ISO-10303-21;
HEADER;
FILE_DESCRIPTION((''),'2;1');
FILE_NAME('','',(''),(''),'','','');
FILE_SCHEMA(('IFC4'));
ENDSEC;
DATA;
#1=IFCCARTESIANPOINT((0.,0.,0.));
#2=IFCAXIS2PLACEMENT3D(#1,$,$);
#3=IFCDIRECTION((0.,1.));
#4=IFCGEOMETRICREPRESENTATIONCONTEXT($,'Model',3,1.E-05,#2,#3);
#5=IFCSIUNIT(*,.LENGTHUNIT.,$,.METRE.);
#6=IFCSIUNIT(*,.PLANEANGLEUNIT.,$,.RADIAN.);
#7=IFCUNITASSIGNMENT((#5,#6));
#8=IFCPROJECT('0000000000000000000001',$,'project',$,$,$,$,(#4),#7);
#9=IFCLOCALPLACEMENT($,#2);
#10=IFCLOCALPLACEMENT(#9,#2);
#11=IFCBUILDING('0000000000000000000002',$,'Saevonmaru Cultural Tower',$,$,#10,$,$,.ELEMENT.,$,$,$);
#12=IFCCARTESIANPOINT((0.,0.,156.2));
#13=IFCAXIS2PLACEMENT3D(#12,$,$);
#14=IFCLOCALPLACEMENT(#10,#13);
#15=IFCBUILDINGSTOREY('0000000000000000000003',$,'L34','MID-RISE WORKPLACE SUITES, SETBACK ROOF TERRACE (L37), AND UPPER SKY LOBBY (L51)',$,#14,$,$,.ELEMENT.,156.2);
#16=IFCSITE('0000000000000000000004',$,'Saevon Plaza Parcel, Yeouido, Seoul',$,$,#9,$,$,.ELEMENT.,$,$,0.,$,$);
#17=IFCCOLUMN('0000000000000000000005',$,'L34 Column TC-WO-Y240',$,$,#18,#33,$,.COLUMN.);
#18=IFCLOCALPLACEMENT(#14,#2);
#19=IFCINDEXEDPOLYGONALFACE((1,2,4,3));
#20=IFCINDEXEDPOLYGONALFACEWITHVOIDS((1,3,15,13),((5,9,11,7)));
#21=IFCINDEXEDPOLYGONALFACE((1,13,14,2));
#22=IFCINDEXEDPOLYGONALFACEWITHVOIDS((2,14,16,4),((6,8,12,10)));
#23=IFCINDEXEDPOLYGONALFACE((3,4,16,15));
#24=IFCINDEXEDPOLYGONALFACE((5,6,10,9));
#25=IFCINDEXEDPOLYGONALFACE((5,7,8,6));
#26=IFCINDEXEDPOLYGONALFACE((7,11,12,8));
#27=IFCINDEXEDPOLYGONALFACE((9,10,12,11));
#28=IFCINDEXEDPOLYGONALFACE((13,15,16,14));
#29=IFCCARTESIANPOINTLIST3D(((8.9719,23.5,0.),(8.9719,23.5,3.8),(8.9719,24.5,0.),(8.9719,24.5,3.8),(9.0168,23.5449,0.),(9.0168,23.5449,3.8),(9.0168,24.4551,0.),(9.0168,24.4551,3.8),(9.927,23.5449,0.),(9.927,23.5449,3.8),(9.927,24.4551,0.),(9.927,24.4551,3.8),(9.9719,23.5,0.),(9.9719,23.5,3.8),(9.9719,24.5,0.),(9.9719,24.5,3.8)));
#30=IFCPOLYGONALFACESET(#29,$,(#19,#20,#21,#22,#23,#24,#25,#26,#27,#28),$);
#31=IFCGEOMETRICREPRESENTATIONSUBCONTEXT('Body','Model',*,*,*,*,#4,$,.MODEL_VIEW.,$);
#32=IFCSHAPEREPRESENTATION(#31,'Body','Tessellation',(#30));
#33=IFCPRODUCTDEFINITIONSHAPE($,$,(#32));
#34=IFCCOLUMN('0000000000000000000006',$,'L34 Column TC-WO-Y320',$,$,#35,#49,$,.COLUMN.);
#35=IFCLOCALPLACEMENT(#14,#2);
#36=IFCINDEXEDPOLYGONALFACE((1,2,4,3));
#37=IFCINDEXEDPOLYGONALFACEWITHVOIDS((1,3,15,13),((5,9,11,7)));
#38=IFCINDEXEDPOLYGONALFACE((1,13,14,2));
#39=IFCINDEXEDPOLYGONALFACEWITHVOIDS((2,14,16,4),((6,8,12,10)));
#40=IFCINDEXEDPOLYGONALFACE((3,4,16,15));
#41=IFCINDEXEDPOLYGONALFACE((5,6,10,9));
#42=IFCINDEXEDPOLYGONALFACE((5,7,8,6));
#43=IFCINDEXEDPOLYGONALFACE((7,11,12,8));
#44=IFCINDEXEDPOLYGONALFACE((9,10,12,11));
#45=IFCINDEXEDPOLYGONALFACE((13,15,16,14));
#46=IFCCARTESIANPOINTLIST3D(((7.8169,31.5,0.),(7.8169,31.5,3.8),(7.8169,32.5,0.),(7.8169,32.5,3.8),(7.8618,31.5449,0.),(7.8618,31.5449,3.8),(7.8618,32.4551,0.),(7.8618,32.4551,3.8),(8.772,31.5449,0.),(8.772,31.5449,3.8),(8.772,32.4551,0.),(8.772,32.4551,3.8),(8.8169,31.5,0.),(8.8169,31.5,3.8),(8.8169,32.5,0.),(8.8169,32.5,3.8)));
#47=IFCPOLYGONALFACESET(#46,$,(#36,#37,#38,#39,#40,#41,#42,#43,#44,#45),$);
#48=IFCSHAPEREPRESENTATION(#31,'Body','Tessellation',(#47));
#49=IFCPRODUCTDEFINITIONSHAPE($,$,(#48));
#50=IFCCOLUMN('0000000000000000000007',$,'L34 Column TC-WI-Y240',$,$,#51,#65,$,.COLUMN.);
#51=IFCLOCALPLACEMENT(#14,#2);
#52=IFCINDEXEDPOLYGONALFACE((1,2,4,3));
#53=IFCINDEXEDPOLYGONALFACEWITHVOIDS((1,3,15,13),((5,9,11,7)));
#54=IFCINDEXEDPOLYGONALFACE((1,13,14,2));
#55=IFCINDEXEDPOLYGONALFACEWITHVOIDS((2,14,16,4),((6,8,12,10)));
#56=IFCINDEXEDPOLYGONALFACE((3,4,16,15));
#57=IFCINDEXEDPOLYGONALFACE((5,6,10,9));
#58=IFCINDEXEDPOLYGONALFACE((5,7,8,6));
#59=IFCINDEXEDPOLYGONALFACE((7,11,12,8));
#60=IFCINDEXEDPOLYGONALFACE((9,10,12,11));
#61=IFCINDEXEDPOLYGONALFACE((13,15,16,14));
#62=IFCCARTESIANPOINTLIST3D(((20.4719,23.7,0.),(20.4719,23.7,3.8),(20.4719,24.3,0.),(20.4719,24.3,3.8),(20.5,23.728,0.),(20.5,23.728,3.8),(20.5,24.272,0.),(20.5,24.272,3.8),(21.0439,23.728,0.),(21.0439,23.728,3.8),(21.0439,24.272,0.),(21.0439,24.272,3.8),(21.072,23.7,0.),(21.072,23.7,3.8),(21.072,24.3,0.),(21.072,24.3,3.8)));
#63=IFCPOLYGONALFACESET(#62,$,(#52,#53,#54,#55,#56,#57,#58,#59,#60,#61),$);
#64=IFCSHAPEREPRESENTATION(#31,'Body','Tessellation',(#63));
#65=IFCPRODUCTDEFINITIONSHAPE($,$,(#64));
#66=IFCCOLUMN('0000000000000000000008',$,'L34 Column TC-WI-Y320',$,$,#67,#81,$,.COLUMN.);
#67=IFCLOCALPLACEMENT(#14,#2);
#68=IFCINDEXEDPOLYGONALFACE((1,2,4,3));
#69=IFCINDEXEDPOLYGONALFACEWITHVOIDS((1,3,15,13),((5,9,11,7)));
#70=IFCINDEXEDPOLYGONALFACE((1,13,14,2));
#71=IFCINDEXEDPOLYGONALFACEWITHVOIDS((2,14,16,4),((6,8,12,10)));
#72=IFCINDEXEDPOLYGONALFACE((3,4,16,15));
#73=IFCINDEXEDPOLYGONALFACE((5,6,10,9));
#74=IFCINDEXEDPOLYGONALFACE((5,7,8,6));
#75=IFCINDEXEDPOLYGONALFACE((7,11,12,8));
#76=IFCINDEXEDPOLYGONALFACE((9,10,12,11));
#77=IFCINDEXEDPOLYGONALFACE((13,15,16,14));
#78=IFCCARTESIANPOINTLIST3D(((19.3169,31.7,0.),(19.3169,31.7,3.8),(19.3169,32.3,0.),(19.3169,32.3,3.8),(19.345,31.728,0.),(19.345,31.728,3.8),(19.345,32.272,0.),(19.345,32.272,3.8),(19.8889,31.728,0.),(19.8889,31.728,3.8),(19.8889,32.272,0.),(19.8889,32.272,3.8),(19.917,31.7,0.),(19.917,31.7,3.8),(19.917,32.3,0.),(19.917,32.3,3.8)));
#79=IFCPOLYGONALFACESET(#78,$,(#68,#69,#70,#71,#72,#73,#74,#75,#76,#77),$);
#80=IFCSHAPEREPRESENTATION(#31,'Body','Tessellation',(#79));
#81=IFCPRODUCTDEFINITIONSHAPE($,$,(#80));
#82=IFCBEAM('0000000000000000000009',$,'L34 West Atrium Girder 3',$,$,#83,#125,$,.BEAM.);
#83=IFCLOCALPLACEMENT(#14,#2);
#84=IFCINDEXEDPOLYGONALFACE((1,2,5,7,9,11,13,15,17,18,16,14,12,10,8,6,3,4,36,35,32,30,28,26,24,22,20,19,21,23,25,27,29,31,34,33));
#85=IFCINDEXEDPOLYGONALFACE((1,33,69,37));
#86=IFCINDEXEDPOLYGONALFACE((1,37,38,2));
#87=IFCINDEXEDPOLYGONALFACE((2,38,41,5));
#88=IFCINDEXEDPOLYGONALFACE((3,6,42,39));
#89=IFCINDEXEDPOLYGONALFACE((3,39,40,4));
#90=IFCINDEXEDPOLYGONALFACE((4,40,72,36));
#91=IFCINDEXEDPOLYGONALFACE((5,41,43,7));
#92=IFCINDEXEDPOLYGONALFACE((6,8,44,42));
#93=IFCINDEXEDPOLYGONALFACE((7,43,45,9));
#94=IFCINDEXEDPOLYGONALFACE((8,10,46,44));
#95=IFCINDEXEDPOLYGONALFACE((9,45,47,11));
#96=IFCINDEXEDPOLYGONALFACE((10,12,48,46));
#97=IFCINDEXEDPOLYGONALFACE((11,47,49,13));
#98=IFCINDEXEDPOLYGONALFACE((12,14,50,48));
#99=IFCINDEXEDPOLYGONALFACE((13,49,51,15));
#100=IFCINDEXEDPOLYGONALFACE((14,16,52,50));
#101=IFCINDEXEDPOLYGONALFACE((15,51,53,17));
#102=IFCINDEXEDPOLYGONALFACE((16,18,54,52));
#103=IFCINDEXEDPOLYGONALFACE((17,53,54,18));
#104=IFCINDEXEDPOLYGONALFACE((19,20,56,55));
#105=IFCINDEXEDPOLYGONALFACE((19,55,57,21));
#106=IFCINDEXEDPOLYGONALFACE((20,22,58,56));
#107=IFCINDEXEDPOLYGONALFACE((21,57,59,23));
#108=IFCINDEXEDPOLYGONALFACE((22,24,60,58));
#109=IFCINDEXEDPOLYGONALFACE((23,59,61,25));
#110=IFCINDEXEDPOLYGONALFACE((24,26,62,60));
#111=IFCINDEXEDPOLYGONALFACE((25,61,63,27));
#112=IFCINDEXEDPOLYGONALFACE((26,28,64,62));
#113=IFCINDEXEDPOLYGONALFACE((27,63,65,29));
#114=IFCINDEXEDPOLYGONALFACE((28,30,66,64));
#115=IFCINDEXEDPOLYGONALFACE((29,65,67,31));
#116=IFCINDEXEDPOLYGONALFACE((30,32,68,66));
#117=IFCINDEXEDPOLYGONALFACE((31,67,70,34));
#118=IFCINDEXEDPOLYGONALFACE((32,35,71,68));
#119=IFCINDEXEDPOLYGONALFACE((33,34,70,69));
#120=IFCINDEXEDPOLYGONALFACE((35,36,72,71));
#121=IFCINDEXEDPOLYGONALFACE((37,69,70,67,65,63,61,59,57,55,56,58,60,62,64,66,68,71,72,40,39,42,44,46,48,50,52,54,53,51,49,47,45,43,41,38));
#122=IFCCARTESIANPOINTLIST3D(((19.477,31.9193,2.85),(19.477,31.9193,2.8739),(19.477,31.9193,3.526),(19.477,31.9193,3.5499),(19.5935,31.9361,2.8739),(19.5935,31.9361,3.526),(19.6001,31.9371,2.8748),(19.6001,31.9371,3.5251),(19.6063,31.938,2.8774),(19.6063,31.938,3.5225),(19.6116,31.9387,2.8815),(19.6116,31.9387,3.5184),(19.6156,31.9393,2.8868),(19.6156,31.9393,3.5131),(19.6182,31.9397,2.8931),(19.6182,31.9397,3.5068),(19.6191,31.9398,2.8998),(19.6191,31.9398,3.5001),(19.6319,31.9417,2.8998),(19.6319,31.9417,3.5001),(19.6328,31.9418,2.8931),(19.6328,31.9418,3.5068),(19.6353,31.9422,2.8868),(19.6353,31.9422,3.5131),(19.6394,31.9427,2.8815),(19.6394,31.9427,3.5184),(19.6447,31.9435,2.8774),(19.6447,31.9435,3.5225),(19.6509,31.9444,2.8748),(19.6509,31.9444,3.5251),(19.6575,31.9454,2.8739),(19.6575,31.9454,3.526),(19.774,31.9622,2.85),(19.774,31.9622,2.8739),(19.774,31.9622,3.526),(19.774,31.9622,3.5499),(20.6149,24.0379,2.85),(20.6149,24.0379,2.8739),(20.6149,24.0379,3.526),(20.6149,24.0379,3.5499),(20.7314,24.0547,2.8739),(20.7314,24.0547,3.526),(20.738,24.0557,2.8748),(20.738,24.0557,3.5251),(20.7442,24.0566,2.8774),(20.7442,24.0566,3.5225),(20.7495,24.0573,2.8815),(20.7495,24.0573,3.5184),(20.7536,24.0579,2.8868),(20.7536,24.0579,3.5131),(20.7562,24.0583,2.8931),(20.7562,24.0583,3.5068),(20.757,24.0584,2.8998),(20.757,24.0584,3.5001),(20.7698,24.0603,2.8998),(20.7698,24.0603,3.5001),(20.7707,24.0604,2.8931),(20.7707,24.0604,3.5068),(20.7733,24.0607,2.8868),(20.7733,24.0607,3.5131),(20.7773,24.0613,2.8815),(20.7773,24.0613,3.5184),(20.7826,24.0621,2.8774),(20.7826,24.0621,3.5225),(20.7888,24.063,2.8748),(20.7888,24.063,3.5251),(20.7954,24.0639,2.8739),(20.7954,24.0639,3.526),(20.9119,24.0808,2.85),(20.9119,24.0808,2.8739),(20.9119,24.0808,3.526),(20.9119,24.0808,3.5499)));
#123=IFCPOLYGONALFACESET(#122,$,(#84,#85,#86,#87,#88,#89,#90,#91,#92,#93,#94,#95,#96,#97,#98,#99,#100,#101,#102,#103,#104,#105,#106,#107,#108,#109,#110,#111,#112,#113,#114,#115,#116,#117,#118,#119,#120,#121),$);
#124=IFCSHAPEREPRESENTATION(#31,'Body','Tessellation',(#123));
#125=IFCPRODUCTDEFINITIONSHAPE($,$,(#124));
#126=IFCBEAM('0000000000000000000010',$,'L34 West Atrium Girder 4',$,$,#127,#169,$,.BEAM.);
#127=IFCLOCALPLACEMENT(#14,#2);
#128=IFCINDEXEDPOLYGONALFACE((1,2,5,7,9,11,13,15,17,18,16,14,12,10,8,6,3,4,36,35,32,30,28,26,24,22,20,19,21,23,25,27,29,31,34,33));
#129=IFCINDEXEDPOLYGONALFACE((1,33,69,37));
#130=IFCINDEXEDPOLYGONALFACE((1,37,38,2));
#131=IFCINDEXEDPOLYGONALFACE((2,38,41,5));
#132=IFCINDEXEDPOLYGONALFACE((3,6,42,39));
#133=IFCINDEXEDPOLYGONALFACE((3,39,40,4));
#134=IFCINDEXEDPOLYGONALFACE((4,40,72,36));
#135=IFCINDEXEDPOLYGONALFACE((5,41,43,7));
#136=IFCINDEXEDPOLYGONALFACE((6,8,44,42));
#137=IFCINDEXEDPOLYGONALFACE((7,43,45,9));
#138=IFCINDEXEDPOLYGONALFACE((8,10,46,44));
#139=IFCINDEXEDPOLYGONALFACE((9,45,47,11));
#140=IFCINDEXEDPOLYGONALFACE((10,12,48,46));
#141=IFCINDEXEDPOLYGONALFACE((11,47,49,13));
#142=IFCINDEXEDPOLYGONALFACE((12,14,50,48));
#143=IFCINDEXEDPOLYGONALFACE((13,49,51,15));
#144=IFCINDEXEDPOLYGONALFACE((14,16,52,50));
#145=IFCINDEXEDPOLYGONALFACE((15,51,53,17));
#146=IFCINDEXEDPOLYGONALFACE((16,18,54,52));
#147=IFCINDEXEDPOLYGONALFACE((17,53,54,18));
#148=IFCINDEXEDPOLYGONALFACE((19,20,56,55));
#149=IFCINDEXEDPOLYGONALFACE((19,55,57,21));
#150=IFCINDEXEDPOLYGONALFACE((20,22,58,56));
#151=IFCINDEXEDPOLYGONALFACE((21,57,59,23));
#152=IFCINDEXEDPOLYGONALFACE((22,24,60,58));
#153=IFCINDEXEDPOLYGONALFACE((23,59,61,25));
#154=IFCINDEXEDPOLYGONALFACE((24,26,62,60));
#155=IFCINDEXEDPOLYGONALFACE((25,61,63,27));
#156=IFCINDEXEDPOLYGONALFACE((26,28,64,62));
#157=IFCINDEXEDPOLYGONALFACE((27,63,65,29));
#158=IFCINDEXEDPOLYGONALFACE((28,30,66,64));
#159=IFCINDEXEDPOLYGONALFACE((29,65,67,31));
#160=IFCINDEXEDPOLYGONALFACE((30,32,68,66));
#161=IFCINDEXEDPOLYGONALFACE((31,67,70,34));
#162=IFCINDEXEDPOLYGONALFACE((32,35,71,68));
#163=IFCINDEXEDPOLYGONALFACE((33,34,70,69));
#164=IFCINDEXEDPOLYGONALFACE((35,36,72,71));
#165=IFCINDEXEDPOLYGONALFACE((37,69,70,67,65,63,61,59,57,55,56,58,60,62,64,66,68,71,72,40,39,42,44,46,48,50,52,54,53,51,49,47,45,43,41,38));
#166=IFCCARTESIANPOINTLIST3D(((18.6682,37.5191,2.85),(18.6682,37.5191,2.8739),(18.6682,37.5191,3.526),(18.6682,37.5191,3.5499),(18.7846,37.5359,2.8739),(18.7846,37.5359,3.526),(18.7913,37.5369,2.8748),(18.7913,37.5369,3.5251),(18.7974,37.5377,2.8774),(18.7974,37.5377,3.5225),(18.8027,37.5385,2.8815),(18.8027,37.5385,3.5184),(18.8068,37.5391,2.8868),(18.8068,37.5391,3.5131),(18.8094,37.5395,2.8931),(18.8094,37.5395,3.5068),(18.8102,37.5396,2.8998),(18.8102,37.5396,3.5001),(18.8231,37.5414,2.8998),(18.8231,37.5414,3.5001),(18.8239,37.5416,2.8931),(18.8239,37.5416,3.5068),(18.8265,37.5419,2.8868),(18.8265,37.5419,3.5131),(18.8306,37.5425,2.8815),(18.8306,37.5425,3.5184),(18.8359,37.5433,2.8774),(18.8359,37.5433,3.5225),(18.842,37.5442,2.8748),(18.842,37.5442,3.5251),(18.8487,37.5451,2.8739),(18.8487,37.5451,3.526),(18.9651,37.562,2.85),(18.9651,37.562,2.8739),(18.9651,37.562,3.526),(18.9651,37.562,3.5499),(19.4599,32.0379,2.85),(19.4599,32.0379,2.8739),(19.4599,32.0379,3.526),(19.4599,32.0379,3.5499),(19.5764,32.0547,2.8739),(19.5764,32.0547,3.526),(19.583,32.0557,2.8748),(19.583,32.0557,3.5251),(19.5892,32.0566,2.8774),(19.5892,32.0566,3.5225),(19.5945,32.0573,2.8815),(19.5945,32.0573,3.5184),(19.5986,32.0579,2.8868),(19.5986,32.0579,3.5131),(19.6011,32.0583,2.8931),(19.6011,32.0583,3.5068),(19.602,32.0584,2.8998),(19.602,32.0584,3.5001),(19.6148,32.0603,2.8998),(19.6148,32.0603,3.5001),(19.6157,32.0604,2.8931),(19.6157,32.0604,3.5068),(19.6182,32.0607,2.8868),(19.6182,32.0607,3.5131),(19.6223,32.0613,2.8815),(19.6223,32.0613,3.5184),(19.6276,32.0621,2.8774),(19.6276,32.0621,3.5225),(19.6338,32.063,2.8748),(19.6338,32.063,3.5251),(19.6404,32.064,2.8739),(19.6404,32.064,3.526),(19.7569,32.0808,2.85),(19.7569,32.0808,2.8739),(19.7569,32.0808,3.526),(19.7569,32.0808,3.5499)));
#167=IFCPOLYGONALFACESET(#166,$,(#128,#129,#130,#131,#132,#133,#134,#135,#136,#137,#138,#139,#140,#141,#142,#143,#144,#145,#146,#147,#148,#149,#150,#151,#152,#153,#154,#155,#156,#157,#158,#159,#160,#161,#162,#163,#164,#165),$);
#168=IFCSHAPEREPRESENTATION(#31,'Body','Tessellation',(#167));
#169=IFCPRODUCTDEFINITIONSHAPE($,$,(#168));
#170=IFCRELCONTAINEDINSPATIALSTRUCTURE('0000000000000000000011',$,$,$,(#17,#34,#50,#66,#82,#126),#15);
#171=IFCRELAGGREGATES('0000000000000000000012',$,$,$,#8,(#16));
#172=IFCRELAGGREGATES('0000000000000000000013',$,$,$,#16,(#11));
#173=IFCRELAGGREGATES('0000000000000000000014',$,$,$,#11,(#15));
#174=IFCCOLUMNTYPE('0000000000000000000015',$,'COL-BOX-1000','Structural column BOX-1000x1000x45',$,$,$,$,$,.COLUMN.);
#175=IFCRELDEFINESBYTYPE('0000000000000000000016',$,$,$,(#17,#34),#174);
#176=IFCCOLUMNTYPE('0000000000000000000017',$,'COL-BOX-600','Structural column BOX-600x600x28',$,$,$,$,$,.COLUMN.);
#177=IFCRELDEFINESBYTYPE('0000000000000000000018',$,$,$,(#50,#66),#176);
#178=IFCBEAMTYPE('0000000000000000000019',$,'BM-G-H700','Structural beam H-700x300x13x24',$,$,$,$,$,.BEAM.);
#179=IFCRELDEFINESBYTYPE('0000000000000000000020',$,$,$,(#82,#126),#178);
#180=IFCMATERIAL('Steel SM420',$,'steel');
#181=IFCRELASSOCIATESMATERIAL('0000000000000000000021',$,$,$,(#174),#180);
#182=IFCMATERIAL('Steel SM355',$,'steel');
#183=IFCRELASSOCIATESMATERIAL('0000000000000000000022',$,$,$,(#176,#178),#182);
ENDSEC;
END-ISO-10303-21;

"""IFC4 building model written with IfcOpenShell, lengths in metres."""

from ifc_helpers import new_model, si_unit, direction, frame, origin, origin_2d, place, context, subcontext, project, spatial, hollow_rectangle, i_section, extrude, material, material_profile, profile_set, type_object, element, save


model = new_model("IFC4")

# Units and contexts
model_context = context("Model", 3, precision=1e-05, world=origin(), true_north=direction((0.0, 1.0)))
body_context = subcontext(model_context, "Body", "Model", "MODEL_VIEW")
ifc_project = project(units=[si_unit("LENGTHUNIT", "METRE"), si_unit("PLANEANGLEUNIT", "RADIAN")], contexts=[model_context])

# Site, building, storey
site_placement = place(None, origin())
site = spatial("IfcSite", under=ifc_project, at=site_placement, Name="Saevon Plaza Parcel, Yeouido, Seoul", CompositionType="ELEMENT", RefElevation=0.0)
building_placement = place(site_placement, origin())
building = spatial("IfcBuilding", under=site, at=building_placement, Name="Saevonmaru Cultural Tower", CompositionType="ELEMENT")
storey_placement = place(building_placement, frame((0.0, 0.0, 156.2)))
storey = spatial("IfcBuildingStorey", under=building, at=storey_placement, Name="L34", Description="MID-RISE WORKPLACE SUITES, SETBACK ROOF TERRACE (L37), AND UPPER SKY LOBBY (L51)", CompositionType="ELEMENT", Elevation=156.2)

# Columns
ifc_material_1 = material(Name="Steel SM420", Category="steel")
ifc_material_profile_1 = material_profile(ifc_material_1, hollow_rectangle(XDim=1.0, YDim=1.0, WallThickness=0.0449, at=origin_2d()), Name="BOX-1000x1000x45")
ifc_profile_set_1 = profile_set([ifc_material_profile_1], Name="Steel SM420")
column_type_1 = type_object("IfcColumnType", Name="COL-BOX-1000", Description="Structural column BOX-1000x1000x45", PredefinedType="COLUMN", material=ifc_profile_set_1)
for number, where, z_axis, x_axis, name in (
    (1, (9.4719, 24.0, 0.0), (0.0, 0.0, 1.0), (1.0, 0.0, 0.0), "L34 Column TC-WO-Y240"),
    (2, (8.3169, 32.0, 0.0), (0.0, 0.0, 1.0), (1.0, 0.0, 0.0), "L34 Column TC-WO-Y320"),
):
    element("IfcColumn", number, at=place(storey_placement, frame(where, z_axis=z_axis, x_axis=x_axis)), inside=storey, type_object=column_type_1, Name=name, PredefinedType="COLUMN", context=body_context, shape_type="SweptSolid", body=[
        extrude(hollow_rectangle(XDim=1.0, YDim=1.0, WallThickness=0.0449, at=origin_2d()), origin(), (0.0, 0.0, 1.0), 3.8),
    ])
ifc_material_2 = material(Name="Steel SM355", Category="steel")
ifc_material_profile_2 = material_profile(ifc_material_2, hollow_rectangle(XDim=0.6001, YDim=0.6001, WallThickness=0.0281, at=origin_2d()), Name="BOX-600x600x28")
ifc_profile_set_2 = profile_set([ifc_material_profile_2], Name="Steel SM355")
column_type_2 = type_object("IfcColumnType", Name="COL-BOX-600", Description="Structural column BOX-600x600x28", PredefinedType="COLUMN", material=ifc_profile_set_2)
for number, where, z_axis, x_axis, name in (
    (3, (20.772, 24.0, 0.0), (0.0, 0.0, 1.0), (1.0, 0.0, 0.0), "L34 Column TC-WI-Y240"),
    (4, (19.6169, 32.0, 0.0), (0.0, 0.0, 1.0), (1.0, 0.0, 0.0), "L34 Column TC-WI-Y320"),
):
    element("IfcColumn", number, at=place(storey_placement, frame(where, z_axis=z_axis, x_axis=x_axis)), inside=storey, type_object=column_type_2, Name=name, PredefinedType="COLUMN", context=body_context, shape_type="SweptSolid", body=[
        extrude(hollow_rectangle(XDim=0.6001, YDim=0.6001, WallThickness=0.0281, at=origin_2d()), origin(), (0.0, 0.0, 1.0), 3.8),
    ])

# Beams
ifc_material_profile_3 = material_profile(ifc_material_2, i_section(OverallWidth=0.3, OverallDepth=0.7, WebThickness=0.0129, FlangeThickness=0.0239, FilletRadius=0.0259, at=origin_2d()), Name="H-700x300x13x24")
ifc_profile_set_3 = profile_set([ifc_material_profile_3], Name="Steel SM355")
beam_type_1 = type_object("IfcBeamType", Name="BM-G-H700", Description="Structural beam H-700x300x13x24", PredefinedType="BEAM", material=ifc_profile_set_3)
beam_1_placement = place(storey_placement, frame((20.7634, 24.0593, 3.2), z_axis=(-0.142902, 0.989737, 0.0), x_axis=(-0.989737, -0.142902, 0.0)))
element("IfcBeam", 5, at=beam_1_placement, inside=storey, type_object=beam_type_1, Name="L34 West Atrium Girder 3", PredefinedType="BEAM", context=body_context, shape_type="SweptSolid", body=[
    extrude(i_section(OverallWidth=0.3, OverallDepth=0.7, WebThickness=0.0129, FlangeThickness=0.0239, FilletRadius=0.0259, at=origin_2d()), origin(), (0.0, 0.0, 1.0), 7.9631),
])
beam_2_placement = place(storey_placement, frame((19.6084, 32.0593, 3.2), z_axis=(-0.142964, 0.989728, 0.0), x_axis=(-0.989728, -0.142964, 0.0)))
element("IfcBeam", 6, at=beam_2_placement, inside=storey, type_object=beam_type_1, Name="L34 West Atrium Girder 4", PredefinedType="BEAM", context=body_context, shape_type="SweptSolid", body=[
    extrude(i_section(OverallWidth=0.3, OverallDepth=0.7, WebThickness=0.0129, FlangeThickness=0.0239, FilletRadius=0.0259, at=origin_2d()), origin(), (0.0, 0.0, 1.0), 5.5381),
])

save(model, "model.ifc")
